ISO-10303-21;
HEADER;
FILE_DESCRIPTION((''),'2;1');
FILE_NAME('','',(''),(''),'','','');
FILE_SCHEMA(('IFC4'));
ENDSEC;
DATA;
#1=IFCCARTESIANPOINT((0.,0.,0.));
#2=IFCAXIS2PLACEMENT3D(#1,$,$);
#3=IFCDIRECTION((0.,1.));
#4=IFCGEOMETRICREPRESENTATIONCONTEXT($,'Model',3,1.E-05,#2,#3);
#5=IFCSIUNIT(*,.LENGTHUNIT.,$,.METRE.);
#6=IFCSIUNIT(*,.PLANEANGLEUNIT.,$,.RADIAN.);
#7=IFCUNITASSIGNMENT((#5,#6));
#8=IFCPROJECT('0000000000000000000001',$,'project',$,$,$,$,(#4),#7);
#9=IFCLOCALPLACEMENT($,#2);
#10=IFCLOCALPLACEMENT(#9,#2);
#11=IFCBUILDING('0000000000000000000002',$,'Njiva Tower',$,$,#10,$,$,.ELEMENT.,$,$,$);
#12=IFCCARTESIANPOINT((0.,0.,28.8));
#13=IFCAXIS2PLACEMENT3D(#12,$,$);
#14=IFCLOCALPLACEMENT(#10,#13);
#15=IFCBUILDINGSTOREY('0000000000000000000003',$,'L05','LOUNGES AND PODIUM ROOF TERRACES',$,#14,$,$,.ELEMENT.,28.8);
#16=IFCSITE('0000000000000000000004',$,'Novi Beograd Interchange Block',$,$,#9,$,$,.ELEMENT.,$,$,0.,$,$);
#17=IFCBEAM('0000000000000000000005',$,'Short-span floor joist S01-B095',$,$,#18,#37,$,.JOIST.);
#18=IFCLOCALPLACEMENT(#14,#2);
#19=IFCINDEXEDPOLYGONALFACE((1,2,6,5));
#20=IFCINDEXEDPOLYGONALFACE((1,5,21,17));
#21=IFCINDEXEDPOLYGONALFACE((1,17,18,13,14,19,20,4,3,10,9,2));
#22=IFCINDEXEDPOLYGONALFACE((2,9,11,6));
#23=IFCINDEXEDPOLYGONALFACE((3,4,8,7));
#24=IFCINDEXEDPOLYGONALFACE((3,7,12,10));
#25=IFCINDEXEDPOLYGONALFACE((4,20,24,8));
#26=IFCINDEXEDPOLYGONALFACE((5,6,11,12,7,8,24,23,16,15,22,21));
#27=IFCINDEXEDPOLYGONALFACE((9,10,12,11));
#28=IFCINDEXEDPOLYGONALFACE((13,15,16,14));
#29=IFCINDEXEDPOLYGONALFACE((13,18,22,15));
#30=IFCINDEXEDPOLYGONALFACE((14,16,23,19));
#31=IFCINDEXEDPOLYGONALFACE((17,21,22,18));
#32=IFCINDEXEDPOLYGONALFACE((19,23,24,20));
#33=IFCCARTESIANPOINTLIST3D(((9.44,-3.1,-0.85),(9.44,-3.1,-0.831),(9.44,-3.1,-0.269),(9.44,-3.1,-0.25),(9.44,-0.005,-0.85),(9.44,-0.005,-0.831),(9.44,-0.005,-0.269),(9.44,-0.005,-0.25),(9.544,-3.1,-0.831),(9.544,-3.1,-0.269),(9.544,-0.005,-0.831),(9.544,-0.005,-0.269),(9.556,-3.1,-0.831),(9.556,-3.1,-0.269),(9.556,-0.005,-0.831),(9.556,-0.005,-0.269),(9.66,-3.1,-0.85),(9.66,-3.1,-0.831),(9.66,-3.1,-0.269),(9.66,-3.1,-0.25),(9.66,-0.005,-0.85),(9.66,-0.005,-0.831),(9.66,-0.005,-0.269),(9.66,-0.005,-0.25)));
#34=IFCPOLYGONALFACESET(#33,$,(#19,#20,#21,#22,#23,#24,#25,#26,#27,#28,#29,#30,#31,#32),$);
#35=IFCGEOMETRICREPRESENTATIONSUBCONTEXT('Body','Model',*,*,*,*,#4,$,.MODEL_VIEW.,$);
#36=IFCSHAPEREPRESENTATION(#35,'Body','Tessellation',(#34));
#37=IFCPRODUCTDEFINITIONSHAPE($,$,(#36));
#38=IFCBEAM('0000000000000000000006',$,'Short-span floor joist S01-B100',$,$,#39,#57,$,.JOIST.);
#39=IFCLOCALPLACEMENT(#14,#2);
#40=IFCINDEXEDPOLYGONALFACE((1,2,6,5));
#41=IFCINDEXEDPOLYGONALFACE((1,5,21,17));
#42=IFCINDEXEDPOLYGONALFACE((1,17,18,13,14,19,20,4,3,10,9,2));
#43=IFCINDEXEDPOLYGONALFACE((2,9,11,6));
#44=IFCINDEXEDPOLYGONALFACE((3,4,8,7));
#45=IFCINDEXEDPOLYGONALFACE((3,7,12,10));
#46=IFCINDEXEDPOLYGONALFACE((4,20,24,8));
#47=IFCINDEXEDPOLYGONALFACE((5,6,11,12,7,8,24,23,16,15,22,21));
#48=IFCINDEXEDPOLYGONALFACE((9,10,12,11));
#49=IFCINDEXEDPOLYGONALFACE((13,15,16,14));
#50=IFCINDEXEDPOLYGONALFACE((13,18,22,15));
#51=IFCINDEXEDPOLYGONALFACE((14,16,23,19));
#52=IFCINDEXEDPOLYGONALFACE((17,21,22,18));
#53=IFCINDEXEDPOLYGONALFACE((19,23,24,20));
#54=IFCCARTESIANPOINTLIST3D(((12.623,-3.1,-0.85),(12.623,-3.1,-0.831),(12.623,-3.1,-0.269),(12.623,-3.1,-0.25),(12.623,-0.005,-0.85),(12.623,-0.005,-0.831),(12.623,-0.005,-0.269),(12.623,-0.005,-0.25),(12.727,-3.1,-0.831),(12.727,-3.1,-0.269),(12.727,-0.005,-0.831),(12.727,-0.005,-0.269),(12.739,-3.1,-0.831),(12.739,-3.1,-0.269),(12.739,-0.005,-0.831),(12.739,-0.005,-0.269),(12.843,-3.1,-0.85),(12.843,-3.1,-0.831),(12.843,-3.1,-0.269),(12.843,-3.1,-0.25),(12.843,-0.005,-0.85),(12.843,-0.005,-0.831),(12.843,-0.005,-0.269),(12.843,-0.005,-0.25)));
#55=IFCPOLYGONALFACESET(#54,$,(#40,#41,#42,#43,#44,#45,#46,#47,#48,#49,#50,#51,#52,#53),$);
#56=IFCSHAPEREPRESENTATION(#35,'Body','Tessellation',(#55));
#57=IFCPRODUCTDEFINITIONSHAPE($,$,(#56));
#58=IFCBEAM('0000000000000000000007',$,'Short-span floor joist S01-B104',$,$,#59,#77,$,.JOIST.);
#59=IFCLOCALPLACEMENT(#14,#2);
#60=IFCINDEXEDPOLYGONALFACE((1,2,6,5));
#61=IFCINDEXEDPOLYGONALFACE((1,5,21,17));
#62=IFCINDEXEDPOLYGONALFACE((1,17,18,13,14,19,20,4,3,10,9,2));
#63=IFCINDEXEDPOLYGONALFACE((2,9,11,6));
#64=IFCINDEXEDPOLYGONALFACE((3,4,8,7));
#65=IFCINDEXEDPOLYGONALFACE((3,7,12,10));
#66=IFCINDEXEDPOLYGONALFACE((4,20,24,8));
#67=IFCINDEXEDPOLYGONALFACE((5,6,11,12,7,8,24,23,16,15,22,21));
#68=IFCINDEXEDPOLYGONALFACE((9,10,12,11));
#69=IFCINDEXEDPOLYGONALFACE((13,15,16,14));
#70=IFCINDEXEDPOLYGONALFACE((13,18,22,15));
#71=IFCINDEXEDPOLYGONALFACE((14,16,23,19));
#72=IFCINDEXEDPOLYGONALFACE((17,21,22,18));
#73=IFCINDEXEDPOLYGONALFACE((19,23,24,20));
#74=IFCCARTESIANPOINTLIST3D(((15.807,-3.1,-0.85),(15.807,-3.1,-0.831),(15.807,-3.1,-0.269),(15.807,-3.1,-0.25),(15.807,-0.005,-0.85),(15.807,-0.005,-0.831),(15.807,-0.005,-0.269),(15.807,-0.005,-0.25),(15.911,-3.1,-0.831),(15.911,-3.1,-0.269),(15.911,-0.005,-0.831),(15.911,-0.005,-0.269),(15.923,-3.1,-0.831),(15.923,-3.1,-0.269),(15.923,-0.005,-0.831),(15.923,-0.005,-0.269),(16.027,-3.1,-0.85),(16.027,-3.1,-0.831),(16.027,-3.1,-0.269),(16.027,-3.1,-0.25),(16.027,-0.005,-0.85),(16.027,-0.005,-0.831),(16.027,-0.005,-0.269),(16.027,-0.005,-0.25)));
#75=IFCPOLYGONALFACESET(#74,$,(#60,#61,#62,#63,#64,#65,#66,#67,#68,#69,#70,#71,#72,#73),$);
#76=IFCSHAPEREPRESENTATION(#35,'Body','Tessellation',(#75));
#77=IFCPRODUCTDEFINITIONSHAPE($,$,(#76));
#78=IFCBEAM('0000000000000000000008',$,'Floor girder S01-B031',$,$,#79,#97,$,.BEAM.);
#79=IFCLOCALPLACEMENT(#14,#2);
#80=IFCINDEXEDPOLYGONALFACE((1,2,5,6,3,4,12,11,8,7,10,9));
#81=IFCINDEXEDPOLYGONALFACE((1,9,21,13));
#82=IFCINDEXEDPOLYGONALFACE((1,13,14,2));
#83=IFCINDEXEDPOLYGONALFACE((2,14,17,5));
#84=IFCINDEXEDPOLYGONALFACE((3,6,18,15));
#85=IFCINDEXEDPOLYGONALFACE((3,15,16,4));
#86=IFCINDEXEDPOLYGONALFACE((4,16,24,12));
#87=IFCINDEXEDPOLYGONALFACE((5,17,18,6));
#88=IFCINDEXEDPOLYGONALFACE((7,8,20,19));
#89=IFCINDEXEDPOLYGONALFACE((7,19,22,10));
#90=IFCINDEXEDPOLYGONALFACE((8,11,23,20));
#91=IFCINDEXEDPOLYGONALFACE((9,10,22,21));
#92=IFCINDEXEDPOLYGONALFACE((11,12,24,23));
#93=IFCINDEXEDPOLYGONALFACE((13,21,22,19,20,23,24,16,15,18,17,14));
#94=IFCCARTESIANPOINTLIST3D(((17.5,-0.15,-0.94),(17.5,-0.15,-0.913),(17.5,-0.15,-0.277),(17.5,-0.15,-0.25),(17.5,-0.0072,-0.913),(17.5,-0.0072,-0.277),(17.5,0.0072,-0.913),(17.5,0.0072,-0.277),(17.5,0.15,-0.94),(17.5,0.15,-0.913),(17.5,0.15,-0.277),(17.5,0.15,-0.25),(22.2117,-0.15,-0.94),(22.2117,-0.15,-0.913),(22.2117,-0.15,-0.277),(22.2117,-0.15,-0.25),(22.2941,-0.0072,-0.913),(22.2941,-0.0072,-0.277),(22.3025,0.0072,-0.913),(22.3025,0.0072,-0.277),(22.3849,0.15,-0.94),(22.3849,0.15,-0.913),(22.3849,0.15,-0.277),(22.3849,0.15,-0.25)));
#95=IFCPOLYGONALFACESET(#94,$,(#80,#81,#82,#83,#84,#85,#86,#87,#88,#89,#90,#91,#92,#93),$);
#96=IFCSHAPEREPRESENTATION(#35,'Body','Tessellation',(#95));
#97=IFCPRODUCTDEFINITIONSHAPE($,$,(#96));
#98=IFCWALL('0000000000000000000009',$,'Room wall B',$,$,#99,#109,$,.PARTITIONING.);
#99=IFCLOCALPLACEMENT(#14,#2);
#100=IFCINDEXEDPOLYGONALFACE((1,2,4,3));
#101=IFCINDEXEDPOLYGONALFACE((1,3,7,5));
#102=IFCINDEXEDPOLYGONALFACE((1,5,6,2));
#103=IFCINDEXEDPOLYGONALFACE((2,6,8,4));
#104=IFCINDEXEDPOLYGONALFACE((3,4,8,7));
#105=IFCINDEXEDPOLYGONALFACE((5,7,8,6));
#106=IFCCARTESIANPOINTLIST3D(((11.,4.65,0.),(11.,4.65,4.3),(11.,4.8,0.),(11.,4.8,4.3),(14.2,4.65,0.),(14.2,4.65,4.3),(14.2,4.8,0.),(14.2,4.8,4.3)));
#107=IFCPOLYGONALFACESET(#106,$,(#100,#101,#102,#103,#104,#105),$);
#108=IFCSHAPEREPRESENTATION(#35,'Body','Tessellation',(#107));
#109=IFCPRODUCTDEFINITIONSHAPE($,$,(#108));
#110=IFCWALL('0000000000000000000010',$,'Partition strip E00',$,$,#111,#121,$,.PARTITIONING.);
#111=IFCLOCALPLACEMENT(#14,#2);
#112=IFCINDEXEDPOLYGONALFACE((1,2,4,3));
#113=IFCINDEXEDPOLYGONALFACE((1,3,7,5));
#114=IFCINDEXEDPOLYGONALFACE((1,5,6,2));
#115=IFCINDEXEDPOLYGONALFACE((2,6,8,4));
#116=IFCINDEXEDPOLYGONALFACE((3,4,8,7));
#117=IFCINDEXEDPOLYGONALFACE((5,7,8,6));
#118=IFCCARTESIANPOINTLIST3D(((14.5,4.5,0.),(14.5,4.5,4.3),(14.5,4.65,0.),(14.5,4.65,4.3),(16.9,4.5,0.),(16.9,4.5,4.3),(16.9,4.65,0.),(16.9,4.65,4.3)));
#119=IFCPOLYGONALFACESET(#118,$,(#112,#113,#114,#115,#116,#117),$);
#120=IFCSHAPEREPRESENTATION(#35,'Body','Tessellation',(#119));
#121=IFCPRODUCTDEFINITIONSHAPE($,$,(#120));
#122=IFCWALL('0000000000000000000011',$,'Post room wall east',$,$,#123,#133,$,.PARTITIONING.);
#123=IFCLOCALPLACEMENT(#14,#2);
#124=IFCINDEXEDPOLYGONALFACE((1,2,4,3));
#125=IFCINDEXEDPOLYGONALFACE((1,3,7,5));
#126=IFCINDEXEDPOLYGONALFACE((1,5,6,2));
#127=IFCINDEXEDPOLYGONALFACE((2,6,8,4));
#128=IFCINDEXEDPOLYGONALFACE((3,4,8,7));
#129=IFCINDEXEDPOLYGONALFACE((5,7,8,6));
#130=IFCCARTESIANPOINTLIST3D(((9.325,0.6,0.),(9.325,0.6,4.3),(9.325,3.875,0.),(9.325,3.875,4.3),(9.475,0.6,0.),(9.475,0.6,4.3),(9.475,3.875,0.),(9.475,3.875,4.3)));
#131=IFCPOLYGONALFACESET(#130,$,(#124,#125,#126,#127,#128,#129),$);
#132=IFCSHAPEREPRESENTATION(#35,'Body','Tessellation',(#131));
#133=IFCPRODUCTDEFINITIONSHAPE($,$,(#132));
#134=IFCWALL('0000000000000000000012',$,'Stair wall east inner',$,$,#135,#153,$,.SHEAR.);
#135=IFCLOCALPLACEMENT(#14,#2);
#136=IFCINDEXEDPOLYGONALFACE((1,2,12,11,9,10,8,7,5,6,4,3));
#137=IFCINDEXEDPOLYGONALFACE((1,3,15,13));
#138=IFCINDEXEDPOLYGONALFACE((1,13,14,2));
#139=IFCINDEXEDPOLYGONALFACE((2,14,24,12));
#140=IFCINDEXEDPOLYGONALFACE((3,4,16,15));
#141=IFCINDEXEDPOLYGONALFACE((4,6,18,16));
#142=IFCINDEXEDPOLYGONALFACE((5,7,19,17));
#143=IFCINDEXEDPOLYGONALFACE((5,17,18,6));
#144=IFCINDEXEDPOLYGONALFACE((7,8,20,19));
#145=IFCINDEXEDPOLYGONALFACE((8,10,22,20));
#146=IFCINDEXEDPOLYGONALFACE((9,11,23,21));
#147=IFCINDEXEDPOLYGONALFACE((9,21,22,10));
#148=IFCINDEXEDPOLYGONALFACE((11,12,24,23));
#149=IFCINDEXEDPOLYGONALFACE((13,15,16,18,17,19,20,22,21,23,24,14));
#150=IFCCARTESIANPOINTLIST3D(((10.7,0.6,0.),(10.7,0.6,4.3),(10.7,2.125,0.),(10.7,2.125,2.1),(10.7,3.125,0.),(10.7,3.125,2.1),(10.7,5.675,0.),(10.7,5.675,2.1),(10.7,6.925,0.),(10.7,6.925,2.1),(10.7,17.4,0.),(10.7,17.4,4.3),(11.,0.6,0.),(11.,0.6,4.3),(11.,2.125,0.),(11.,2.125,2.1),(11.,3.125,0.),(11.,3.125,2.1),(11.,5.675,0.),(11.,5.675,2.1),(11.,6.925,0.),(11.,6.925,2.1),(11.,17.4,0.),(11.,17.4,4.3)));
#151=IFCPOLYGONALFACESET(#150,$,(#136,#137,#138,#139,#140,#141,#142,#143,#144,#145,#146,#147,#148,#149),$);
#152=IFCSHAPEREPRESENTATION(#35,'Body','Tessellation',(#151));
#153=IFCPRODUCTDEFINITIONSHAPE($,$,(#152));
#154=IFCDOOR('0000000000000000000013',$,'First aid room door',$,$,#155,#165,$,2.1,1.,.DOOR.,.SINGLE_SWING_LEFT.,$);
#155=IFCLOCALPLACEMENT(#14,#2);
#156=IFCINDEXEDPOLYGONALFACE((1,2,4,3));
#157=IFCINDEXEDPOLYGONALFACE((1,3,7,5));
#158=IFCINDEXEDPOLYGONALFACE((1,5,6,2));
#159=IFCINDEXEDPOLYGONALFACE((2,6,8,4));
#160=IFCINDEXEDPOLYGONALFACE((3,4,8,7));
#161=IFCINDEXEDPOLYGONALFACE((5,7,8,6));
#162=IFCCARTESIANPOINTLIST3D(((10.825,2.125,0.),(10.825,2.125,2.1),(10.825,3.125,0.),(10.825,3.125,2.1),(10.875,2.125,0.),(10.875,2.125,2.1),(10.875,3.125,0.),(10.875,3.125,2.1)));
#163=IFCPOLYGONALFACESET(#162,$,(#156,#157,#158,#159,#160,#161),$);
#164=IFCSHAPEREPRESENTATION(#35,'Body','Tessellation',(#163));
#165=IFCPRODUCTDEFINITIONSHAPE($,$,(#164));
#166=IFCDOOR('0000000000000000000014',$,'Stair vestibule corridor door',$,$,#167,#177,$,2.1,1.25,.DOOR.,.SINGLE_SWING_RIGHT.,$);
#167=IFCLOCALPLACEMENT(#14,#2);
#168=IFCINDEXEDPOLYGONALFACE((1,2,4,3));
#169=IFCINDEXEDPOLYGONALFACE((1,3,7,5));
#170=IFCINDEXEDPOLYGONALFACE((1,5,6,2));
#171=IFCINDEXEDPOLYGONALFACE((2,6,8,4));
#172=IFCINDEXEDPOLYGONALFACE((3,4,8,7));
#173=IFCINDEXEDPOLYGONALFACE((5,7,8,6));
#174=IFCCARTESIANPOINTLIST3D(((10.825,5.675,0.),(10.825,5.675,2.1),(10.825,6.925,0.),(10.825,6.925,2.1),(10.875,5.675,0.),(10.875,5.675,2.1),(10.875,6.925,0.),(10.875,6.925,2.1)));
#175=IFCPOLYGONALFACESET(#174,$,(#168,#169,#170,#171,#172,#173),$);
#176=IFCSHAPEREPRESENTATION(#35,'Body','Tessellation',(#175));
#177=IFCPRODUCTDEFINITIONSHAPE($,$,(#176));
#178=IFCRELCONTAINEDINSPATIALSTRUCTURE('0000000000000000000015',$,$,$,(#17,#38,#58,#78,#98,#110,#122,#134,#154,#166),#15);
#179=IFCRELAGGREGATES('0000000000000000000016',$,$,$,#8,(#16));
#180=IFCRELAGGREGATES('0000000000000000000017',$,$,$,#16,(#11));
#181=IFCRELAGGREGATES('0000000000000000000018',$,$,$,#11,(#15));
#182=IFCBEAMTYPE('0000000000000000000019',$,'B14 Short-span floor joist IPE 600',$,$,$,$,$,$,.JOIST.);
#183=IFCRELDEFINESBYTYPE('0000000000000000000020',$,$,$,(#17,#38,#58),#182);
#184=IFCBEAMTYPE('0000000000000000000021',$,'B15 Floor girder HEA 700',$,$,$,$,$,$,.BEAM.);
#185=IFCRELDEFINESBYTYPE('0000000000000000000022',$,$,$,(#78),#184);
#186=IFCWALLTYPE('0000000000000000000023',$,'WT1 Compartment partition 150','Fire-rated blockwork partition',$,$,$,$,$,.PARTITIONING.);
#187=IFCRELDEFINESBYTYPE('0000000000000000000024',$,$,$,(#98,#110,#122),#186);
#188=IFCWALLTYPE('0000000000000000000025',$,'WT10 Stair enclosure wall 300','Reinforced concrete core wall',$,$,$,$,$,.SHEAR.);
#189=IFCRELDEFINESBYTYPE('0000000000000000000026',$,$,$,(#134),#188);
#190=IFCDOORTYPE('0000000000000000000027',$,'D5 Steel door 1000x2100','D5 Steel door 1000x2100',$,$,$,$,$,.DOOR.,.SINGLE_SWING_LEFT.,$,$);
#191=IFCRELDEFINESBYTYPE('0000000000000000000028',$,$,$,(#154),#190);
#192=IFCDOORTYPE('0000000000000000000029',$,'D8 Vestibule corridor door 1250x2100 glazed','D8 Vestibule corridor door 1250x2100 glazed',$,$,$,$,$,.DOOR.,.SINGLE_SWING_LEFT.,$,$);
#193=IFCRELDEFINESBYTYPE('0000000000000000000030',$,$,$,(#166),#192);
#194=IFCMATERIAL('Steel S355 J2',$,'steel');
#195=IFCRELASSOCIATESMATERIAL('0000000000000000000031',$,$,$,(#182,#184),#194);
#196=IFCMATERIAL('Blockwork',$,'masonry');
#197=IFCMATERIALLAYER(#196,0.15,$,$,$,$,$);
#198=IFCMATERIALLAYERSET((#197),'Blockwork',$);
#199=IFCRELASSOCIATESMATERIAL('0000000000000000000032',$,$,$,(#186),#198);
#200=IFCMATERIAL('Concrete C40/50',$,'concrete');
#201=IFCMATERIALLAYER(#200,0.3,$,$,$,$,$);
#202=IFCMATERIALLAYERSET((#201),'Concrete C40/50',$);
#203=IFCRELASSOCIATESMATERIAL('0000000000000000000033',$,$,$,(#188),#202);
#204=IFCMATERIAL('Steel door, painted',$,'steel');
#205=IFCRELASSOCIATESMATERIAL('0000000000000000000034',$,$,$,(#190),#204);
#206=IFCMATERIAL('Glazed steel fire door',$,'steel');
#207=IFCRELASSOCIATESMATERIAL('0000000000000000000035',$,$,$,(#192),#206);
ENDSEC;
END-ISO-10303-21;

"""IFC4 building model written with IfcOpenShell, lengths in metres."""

from ifc_helpers import new_model, si_unit, direction, frame, frame_2d, origin, origin_2d, place, context, subcontext, project, spatial, rectangle, i_section, extrude, clip, halfspace, material, layer, layer_set, material_profile, profile_set, type_object, element, fill, save


model = new_model("IFC4")

# Units and contexts
model_context = context("Model", 3, precision=1e-05, world=origin(), true_north=direction((0.0, 1.0)))
body_context = subcontext(model_context, "Body", "Model", "MODEL_VIEW")
ifc_project = project(units=[si_unit("LENGTHUNIT", "METRE"), si_unit("PLANEANGLEUNIT", "RADIAN")], contexts=[model_context])

# Site, building, storey
site_placement = place(None, origin())
site = spatial("IfcSite", under=ifc_project, at=site_placement, Name="Novi Beograd Interchange Block", CompositionType="ELEMENT", RefElevation=0.0)
building_placement = place(site_placement, origin())
building = spatial("IfcBuilding", under=site, at=building_placement, Name="Njiva Tower", CompositionType="ELEMENT")
storey_placement = place(building_placement, frame((0.0, 0.0, 28.8)))
storey = spatial("IfcBuildingStorey", under=building, at=storey_placement, Name="L05", Description="LOUNGES AND PODIUM ROOF TERRACES", CompositionType="ELEMENT", Elevation=28.8)

# Beams
ifc_material_1 = material(Name="Steel S355 J2", Category="steel")
ifc_material_profile_1 = material_profile(ifc_material_1, i_section(OverallWidth=0.22, OverallDepth=0.6, WebThickness=0.012, FlangeThickness=0.019, at=origin_2d()), Name="IPE 600")
ifc_profile_set_1 = profile_set([ifc_material_profile_1], Name="Steel S355 J2")
beam_type_1 = type_object("IfcBeamType", Name="B14 Short-span floor joist IPE 600", PredefinedType="JOIST", material=ifc_profile_set_1)
for number, where, z_axis, x_axis, name in (
    (1, (9.55, -0.005, -0.55), (0.0, -1.0, 0.0), (1.0, 0.0, 0.0), "Short-span floor joist S01-B095"),
    (2, (12.733, -0.005, -0.55), (0.0, -1.0, 0.0), (1.0, 0.0, 0.0), "Short-span floor joist S01-B100"),
    (3, (15.917, -0.005, -0.55), (0.0, -1.0, 0.0), (1.0, 0.0, 0.0), "Short-span floor joist S01-B104"),
):
    element("IfcBeam", number, at=place(storey_placement, frame(where, z_axis=z_axis, x_axis=x_axis)), inside=storey, type_object=beam_type_1, Name=name, PredefinedType="JOIST", context=body_context, shape_type="SweptSolid", body=[
        extrude(i_section(OverallWidth=0.22, OverallDepth=0.6, WebThickness=0.012, FlangeThickness=0.019, at=origin_2d()), origin(), (0.0, 0.0, 1.0), 3.095),
    ])
ifc_material_profile_2 = material_profile(ifc_material_1, i_section(OverallWidth=0.3, OverallDepth=0.69, WebThickness=0.0145, FlangeThickness=0.027, at=origin_2d()), Name="HEA 700")
ifc_profile_set_2 = profile_set([ifc_material_profile_2], Name="Steel S355 J2")
beam_type_2 = type_object("IfcBeamType", Name="B15 Floor girder HEA 700", PredefinedType="BEAM", material=ifc_profile_set_2)
beam_placement = place(storey_placement, frame((17.5, 0.0, -0.595), z_axis=(1.0, 0.0, 0.0), x_axis=(0.0, 1.0, 0.0)))
element("IfcBeam", 4, at=beam_placement, inside=storey, type_object=beam_type_2, Name="Floor girder S01-B031", PredefinedType="BEAM", context=body_context, shape_type="Clipping", body=[
    clip(extrude(i_section(OverallWidth=0.3, OverallDepth=0.69, WebThickness=0.0145, FlangeThickness=0.027, at=origin_2d()), origin(), (0.0, 0.0, 1.0), 4.905), halfspace(frame((-0.025, 0.0, 4.7839), z_axis=(-0.499998, 0.0, 0.866027), x_axis=(0.0, 1.0, 0.0)), False)),
])

# Walls
ifc_material_2 = material(Name="Blockwork", Category="masonry")
ifc_layer_1 = layer(ifc_material_2, 0.15)
ifc_layer_set_1 = layer_set([ifc_layer_1], Name="Blockwork")
wall_type_1 = type_object("IfcWallType", Name="WT1 Compartment partition 150", Description="Fire-rated blockwork partition", PredefinedType="PARTITIONING", material=ifc_layer_set_1)
wall_1_placement = place(storey_placement, frame((11.0, 4.725, 0.0), z_axis=(0.0, 0.0, 1.0), x_axis=(1.0, 0.0, 0.0)))
element("IfcWall", 5, at=wall_1_placement, inside=storey, type_object=wall_type_1, Name="Room wall B", PredefinedType="PARTITIONING", context=body_context, shape_type="SweptSolid", body=[
    extrude(rectangle(XDim=3.2, YDim=0.15, at=frame_2d((1.6, 0.0))), origin(), (0.0, 0.0, 1.0), 4.3),
])
wall_2_placement = place(storey_placement, frame((14.5, 4.575, 0.0), z_axis=(0.0, 0.0, 1.0), x_axis=(1.0, 0.0, 0.0)))
element("IfcWall", 6, at=wall_2_placement, inside=storey, type_object=wall_type_1, Name="Partition strip E00", PredefinedType="PARTITIONING", context=body_context, shape_type="SweptSolid", body=[
    extrude(rectangle(XDim=2.4, YDim=0.15, at=frame_2d((1.2, 0.0))), origin(), (0.0, 0.0, 1.0), 4.3),
])
wall_3_placement = place(storey_placement, frame((9.4, 0.6, 0.0), z_axis=(0.0, 0.0, 1.0), x_axis=(0.0, 1.0, 0.0)))
element("IfcWall", 7, at=wall_3_placement, inside=storey, type_object=wall_type_1, Name="Post room wall east", PredefinedType="PARTITIONING", context=body_context, shape_type="SweptSolid", body=[
    extrude(rectangle(XDim=3.275, YDim=0.15, at=frame_2d((1.6375, 0.0))), origin(), (0.0, 0.0, 1.0), 4.3),
])

# Wall, openings, doors
ifc_material_3 = material(Name="Concrete C40/50", Category="concrete")
ifc_layer_2 = layer(ifc_material_3, 0.3)
ifc_layer_set_2 = layer_set([ifc_layer_2], Name="Concrete C40/50")
wall_type_2 = type_object("IfcWallType", Name="WT10 Stair enclosure wall 300", Description="Reinforced concrete core wall", PredefinedType="SHEAR", material=ifc_layer_set_2)
wall_4_placement = place(storey_placement, frame((10.85, 0.6, 0.0), z_axis=(0.0, 0.0, 1.0), x_axis=(0.0, 1.0, 0.0)))
wall_4 = element("IfcWall", 8, at=wall_4_placement, inside=storey, type_object=wall_type_2, Name="Stair wall east inner", PredefinedType="SHEAR", context=body_context, shape_type="SweptSolid", body=[
    extrude(rectangle(XDim=16.8, YDim=0.3, at=frame_2d((8.4, 0.0))), origin(), (0.0, 0.0, 1.0), 4.3),
])
opening_1_placement = place(wall_4_placement, frame((5.075, 0.0, 0.0)))
opening_1 = element("IfcOpeningElement", 9, at=opening_1_placement, cuts=wall_4, PredefinedType="OPENING", context=body_context, shape_type="SweptSolid", body=[
    extrude(rectangle(XDim=1.25, YDim=2.1, at=frame_2d((0.625, 1.05))), frame((0.0, 0.16, 0.0), z_axis=(0.0, -1.0, 0.0), x_axis=(1.0, 0.0, 0.0)), (0.0, 0.0, 1.0), 0.32),
])
opening_2_placement = place(wall_4_placement, frame((1.525, 0.0, 0.0)))
opening_2 = element("IfcOpeningElement", 10, at=opening_2_placement, cuts=wall_4, PredefinedType="OPENING", context=body_context, shape_type="SweptSolid", body=[
    extrude(rectangle(XDim=1.0, YDim=2.1, at=frame_2d((0.5, 1.05))), frame((0.0, 0.16, 0.0), z_axis=(0.0, -1.0, 0.0), x_axis=(1.0, 0.0, 0.0)), (0.0, 0.0, 1.0), 0.32),
])
ifc_material_4 = material(Name="Steel door, painted", Category="steel")
door_type_1 = type_object("IfcDoorType", Name="D5 Steel door 1000x2100", Description="D5 Steel door 1000x2100", OperationType="SINGLE_SWING_LEFT", PredefinedType="DOOR", material=ifc_material_4)
door_1_placement = place(opening_2_placement, origin())
door_1 = element("IfcDoor", 11, at=door_1_placement, inside=storey, type_object=door_type_1, Name="First aid room door", OperationType="SINGLE_SWING_LEFT", OverallHeight=2.1, OverallWidth=1.0, PredefinedType="DOOR", context=body_context, shape_type="SweptSolid", body=[
    extrude(rectangle(XDim=1.0, YDim=2.1, at=frame_2d((0.5, 1.05))), frame((0.0, 0.025, 0.0), z_axis=(0.0, -1.0, 0.0), x_axis=(1.0, 0.0, 0.0)), (0.0, 0.0, 1.0), 0.05),
])
fill(opening_2, door_1)
ifc_material_5 = material(Name="Glazed steel fire door", Category="steel")
door_type_2 = type_object("IfcDoorType", Name="D8 Vestibule corridor door 1250x2100 glazed", Description="D8 Vestibule corridor door 1250x2100 glazed", OperationType="SINGLE_SWING_LEFT", PredefinedType="DOOR", material=ifc_material_5)
door_2_placement = place(opening_1_placement, origin())
door_2 = element("IfcDoor", 12, at=door_2_placement, inside=storey, type_object=door_type_2, Name="Stair vestibule corridor door", OperationType="SINGLE_SWING_RIGHT", OverallHeight=2.1, OverallWidth=1.25, PredefinedType="DOOR", context=body_context, shape_type="SweptSolid", body=[
    extrude(rectangle(XDim=1.25, YDim=2.1, at=frame_2d((0.625, 1.05))), frame((0.0, 0.025, 0.0), z_axis=(0.0, -1.0, 0.0), x_axis=(1.0, 0.0, 0.0)), (0.0, 0.0, 1.0), 0.05),
])
fill(opening_1, door_2)

save(model, "model.ifc")
